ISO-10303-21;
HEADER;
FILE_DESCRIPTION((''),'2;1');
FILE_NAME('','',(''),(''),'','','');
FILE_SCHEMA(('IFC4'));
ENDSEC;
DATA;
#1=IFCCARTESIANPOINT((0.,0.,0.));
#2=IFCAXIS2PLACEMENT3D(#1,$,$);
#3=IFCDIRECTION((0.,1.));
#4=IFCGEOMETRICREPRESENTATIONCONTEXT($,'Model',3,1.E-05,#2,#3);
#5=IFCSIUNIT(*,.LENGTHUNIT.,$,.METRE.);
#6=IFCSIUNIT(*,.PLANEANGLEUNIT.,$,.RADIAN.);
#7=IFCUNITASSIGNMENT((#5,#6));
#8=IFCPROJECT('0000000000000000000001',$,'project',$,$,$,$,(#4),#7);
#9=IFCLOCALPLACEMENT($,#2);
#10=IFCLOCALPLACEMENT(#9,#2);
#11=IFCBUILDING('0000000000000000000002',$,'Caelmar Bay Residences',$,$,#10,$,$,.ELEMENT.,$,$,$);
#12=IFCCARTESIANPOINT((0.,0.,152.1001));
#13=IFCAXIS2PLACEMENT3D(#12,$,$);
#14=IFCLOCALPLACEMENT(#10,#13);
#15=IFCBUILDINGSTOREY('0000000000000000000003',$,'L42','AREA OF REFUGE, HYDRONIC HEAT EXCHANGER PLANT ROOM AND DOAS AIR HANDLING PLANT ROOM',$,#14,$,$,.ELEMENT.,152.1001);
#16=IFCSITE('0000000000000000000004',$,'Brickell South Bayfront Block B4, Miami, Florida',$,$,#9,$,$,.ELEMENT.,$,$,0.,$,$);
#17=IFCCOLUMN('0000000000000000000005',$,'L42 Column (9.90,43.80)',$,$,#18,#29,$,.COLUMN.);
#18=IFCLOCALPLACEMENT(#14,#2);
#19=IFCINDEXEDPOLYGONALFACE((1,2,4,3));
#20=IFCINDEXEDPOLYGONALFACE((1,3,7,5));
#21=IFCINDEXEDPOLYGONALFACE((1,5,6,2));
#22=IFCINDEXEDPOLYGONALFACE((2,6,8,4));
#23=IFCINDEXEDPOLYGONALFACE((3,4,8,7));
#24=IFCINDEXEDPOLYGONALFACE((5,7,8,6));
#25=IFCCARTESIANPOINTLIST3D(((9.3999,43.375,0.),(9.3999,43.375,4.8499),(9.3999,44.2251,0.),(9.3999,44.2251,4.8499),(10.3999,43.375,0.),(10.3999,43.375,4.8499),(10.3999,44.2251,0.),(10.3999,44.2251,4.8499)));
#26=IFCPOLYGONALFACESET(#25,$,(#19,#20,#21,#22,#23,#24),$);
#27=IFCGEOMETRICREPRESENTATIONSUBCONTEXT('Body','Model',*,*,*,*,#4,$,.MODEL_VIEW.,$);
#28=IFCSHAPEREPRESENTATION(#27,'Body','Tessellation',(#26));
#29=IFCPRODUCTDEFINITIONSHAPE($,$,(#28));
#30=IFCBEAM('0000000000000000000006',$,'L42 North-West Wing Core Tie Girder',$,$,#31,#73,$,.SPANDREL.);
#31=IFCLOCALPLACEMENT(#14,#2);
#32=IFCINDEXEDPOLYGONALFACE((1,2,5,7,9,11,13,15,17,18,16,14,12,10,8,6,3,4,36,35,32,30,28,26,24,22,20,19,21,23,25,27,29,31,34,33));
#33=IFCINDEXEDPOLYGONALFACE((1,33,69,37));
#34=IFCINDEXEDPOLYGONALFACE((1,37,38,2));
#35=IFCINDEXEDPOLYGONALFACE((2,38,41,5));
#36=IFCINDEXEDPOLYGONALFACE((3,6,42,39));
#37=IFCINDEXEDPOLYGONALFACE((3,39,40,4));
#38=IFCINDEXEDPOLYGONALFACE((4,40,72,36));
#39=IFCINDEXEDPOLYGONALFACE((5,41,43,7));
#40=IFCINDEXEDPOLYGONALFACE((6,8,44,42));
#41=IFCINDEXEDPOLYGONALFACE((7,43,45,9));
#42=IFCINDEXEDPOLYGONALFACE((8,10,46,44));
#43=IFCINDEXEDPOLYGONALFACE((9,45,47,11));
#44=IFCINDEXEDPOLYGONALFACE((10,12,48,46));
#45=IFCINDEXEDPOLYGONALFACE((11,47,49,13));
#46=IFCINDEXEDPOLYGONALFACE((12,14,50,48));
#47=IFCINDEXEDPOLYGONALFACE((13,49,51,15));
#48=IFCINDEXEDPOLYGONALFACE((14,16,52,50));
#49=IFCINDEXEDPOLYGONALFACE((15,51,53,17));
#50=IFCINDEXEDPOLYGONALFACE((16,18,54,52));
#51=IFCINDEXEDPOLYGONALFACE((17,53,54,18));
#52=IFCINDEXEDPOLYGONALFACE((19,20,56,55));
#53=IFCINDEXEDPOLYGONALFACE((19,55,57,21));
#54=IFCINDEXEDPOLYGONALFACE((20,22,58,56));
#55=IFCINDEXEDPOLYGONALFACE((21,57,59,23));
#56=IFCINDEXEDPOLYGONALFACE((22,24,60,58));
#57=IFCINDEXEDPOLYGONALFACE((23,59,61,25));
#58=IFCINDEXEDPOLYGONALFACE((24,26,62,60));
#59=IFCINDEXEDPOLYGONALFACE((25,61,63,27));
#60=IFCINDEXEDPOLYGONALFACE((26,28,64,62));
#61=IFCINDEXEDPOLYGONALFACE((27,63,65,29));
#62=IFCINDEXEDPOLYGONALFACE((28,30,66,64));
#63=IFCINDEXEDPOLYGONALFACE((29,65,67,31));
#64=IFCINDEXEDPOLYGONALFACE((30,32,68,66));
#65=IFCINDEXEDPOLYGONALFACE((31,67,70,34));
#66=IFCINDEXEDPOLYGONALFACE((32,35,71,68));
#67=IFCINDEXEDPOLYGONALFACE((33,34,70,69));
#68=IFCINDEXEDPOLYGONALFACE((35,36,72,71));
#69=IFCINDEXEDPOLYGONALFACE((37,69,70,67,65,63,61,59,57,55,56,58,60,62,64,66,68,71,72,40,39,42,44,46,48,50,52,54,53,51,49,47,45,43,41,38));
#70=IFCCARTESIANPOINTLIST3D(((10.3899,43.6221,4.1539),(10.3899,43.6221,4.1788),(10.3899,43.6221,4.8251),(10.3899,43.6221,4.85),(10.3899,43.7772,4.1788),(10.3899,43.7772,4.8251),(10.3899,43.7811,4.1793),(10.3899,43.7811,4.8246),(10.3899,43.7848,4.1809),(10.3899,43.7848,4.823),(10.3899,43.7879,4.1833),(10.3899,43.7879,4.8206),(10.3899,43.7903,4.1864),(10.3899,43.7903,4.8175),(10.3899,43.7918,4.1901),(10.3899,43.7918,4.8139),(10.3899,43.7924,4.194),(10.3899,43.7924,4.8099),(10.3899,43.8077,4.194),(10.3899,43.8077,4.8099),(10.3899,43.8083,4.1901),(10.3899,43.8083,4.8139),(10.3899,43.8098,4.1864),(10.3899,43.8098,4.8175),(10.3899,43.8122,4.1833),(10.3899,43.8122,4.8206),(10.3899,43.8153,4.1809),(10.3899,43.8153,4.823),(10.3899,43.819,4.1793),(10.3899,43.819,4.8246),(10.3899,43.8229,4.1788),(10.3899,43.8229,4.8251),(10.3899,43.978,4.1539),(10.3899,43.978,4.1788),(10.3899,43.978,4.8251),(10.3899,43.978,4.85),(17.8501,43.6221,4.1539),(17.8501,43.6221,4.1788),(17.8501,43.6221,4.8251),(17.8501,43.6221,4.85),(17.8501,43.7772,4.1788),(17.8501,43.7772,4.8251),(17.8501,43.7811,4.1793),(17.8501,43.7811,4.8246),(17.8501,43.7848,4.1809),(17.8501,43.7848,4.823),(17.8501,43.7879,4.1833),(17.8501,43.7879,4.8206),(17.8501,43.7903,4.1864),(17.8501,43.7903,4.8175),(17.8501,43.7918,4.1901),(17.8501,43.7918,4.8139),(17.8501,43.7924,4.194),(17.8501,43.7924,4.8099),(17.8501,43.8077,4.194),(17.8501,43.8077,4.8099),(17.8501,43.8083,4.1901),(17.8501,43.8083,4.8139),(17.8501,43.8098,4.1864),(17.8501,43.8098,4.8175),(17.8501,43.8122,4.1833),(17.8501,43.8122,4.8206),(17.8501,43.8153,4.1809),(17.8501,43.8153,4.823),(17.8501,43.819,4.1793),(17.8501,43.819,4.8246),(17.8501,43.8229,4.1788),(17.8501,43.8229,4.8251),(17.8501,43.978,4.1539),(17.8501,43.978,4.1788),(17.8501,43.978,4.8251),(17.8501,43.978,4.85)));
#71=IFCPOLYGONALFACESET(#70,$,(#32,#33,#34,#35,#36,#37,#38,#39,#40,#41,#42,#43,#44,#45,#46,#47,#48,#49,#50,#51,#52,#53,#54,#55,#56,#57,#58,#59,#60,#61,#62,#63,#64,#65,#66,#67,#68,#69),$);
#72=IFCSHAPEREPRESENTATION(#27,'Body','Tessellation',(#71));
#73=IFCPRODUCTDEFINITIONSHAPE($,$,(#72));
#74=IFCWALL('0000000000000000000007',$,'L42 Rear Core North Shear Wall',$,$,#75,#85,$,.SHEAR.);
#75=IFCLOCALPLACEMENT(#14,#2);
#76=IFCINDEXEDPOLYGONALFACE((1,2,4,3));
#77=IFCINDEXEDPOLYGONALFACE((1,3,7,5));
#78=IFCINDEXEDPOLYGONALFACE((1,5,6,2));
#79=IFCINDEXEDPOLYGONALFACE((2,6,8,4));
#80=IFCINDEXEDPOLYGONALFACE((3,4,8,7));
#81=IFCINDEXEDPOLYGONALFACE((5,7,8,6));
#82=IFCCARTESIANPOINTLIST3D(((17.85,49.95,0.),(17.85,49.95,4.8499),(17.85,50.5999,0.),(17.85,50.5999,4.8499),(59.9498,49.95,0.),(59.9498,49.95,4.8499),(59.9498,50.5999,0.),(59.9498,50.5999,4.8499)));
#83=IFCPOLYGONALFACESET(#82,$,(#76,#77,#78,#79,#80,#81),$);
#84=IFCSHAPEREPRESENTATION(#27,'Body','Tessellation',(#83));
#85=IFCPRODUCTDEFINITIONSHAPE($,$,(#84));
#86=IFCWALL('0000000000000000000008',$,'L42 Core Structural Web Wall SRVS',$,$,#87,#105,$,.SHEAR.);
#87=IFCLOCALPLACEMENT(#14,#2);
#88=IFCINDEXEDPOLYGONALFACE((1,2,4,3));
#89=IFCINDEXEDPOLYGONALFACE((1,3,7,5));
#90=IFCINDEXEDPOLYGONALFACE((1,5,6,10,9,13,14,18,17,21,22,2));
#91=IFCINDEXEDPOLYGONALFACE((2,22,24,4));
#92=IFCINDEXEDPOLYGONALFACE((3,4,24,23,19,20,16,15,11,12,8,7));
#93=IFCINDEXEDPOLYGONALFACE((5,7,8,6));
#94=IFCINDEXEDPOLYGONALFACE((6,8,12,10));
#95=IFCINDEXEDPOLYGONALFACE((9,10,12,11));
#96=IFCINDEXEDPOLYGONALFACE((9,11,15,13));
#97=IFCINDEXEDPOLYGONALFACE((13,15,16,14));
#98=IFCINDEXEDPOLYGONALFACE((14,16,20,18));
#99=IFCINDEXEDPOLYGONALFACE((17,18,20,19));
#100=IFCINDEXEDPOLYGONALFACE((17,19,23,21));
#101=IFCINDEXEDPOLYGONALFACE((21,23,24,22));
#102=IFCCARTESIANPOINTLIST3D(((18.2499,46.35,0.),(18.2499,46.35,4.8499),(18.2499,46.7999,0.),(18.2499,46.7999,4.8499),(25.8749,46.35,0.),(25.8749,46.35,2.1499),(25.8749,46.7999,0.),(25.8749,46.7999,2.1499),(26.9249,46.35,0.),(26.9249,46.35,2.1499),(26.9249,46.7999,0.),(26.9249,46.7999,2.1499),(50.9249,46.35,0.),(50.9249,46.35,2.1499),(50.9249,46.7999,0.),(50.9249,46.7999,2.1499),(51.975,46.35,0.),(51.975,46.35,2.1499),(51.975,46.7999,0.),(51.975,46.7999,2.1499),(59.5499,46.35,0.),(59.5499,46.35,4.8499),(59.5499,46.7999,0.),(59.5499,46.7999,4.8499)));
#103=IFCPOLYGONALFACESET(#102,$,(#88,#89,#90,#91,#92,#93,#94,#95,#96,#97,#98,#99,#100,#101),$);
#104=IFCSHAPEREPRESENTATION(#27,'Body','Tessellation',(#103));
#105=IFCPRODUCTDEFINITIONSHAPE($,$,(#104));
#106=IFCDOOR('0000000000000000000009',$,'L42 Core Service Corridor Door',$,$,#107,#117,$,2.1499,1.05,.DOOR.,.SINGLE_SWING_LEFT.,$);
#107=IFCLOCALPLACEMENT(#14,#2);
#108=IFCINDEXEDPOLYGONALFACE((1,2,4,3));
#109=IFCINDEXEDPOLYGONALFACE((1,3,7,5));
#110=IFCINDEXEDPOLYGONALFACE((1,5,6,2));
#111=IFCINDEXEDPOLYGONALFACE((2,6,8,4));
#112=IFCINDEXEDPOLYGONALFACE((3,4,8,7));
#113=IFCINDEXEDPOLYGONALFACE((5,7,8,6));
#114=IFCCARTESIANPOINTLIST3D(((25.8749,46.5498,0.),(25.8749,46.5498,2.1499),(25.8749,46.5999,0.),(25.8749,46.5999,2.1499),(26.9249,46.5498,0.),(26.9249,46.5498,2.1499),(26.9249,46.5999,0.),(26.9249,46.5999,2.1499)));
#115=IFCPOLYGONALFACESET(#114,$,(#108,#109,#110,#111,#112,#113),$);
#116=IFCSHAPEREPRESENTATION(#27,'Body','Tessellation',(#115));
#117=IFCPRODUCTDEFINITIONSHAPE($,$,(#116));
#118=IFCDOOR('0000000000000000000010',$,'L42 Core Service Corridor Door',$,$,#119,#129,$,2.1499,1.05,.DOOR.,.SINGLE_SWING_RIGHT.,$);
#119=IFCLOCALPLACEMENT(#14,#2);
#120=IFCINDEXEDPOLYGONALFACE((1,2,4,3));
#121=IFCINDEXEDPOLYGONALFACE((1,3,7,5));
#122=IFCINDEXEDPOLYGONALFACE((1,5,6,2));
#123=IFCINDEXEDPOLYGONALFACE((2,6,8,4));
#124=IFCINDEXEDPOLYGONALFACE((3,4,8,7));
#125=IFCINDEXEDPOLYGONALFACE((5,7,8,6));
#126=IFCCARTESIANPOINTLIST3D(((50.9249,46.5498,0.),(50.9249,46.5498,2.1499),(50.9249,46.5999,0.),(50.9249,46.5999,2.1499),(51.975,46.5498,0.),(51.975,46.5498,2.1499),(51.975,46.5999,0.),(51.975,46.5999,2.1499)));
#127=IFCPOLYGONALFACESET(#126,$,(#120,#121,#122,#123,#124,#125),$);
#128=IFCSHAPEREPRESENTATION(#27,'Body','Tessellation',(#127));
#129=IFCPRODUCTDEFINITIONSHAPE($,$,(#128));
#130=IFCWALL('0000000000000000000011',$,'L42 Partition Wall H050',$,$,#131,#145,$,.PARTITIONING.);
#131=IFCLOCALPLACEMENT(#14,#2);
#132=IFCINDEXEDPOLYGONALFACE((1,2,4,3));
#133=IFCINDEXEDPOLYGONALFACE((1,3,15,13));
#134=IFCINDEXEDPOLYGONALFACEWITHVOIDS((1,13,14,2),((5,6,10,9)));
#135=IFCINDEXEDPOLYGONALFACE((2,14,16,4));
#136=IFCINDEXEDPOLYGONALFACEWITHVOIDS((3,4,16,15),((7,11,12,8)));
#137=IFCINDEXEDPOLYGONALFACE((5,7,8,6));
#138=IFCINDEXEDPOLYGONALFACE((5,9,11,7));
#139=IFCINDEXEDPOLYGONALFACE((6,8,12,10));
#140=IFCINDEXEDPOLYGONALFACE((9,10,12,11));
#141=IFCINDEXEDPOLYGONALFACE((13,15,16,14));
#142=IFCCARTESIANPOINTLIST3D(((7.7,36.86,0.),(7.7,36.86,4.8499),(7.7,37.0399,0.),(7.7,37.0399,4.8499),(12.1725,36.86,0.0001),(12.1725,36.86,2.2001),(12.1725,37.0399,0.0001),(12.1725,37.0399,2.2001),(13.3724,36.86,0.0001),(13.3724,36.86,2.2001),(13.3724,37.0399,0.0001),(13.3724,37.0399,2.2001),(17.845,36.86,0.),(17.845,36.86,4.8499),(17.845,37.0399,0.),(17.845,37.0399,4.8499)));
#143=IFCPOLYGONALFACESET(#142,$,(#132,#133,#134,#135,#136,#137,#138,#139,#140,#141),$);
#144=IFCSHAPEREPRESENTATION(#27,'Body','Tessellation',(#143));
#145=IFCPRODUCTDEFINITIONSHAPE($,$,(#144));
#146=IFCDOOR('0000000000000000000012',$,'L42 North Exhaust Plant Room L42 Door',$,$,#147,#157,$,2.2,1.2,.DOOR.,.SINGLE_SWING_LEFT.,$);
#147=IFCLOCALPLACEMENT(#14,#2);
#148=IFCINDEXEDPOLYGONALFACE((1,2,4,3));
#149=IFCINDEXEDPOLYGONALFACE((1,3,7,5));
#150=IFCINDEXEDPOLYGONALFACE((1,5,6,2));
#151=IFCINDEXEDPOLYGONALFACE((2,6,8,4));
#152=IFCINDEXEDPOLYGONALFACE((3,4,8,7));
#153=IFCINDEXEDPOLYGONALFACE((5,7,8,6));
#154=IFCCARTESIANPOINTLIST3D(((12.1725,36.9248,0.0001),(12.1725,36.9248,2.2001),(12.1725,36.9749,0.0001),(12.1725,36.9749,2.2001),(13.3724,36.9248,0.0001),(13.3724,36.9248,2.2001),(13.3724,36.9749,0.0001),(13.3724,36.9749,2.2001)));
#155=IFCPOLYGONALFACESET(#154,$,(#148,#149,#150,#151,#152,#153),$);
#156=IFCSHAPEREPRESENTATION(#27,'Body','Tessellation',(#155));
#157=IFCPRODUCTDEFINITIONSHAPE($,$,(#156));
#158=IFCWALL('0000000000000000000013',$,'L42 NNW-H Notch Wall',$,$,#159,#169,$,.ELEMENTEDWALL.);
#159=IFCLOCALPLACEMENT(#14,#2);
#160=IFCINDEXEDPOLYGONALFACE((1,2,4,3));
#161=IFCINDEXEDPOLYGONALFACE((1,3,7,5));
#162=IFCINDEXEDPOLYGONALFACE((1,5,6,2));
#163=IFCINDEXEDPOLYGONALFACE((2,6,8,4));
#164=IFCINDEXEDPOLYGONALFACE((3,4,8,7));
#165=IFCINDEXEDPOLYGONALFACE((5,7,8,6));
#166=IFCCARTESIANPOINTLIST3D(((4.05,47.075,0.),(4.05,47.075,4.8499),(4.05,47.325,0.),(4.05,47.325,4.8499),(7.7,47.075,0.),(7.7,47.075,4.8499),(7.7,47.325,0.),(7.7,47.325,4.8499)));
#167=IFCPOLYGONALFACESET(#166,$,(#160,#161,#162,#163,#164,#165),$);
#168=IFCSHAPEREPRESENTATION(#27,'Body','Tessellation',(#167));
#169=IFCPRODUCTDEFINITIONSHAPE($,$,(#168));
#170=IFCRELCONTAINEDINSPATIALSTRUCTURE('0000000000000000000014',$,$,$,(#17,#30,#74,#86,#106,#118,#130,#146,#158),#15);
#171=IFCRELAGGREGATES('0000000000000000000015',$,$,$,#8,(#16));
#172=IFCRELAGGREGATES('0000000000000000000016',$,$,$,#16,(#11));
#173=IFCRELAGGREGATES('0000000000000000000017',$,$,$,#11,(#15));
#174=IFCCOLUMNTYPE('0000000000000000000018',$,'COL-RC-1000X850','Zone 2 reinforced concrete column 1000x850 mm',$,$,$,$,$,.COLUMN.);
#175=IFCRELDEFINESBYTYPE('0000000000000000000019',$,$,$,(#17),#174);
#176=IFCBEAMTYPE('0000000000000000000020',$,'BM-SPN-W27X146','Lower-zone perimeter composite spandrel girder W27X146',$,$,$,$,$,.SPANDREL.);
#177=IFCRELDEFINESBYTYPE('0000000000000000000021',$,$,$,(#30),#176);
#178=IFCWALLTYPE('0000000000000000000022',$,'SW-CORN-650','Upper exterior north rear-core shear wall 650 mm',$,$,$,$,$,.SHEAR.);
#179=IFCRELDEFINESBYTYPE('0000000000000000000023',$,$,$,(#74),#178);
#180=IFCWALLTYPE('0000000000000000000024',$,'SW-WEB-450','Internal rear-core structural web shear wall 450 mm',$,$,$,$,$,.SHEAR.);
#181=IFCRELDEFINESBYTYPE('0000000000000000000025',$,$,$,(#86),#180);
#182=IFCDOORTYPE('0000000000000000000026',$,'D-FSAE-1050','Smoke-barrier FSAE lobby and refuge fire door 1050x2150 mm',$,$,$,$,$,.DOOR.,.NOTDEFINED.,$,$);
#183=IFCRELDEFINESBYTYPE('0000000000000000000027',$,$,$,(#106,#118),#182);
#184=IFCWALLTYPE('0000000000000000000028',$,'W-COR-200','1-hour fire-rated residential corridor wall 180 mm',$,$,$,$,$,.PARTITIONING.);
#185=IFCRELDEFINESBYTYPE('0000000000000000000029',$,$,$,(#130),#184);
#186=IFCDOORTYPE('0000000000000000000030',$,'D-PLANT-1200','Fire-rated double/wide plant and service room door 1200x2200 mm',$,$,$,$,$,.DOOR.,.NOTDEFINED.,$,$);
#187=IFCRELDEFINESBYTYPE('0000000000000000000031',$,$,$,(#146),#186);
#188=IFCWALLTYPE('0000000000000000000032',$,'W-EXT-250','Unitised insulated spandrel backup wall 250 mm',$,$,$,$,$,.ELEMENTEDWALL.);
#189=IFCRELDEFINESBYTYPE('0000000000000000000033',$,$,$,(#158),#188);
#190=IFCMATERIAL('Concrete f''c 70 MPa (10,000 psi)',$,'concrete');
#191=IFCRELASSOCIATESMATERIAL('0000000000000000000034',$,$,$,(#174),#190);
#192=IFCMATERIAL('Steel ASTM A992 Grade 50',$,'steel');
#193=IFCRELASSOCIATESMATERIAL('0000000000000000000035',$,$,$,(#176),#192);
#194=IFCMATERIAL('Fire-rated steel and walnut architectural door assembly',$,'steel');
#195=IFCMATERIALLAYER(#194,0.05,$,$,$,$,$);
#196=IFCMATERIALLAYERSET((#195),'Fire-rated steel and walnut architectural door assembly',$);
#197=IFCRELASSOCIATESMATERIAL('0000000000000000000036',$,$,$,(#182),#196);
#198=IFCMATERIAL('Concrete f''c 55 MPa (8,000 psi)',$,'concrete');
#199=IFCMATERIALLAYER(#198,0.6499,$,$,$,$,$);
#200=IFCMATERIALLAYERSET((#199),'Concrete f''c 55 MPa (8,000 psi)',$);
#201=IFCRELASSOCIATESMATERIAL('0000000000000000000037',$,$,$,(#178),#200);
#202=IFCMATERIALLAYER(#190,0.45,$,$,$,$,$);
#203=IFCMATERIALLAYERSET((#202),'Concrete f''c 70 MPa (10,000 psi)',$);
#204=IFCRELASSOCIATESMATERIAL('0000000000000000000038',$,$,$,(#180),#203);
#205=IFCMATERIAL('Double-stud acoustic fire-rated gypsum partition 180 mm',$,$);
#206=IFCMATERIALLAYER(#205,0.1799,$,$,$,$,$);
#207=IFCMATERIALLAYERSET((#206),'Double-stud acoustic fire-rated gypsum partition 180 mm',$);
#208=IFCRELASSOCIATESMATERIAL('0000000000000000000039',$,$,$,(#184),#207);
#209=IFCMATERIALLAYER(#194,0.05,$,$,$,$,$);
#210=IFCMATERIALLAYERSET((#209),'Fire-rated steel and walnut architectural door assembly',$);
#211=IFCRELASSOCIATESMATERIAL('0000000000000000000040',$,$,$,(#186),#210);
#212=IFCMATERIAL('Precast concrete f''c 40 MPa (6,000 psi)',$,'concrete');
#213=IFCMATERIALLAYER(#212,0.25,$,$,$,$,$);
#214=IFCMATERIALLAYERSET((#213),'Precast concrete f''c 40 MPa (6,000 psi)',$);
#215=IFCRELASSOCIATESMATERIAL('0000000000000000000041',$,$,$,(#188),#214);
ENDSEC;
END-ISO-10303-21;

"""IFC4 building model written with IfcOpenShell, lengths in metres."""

from ifc_helpers import new_model, si_unit, direction, frame, frame_2d, origin, origin_2d, place, context, subcontext, project, spatial, rectangle, i_section, extrude, material, layer, layer_set, material_profile, profile_set, type_object, element, fill, save


model = new_model("IFC4")

# Units and contexts
model_context = context("Model", 3, precision=1e-05, world=origin(), true_north=direction((0.0, 1.0)))
body_context = subcontext(model_context, "Body", "Model", "MODEL_VIEW")
ifc_project = project(units=[si_unit("LENGTHUNIT", "METRE"), si_unit("PLANEANGLEUNIT", "RADIAN")], contexts=[model_context])

# Site, building, storey
site_placement = place(None, origin())
site = spatial("IfcSite", under=ifc_project, at=site_placement, Name="Brickell South Bayfront Block B4, Miami, Florida", CompositionType="ELEMENT", RefElevation=0.0)
building_placement = place(site_placement, origin())
building = spatial("IfcBuilding", under=site, at=building_placement, Name="Caelmar Bay Residences", CompositionType="ELEMENT")
storey_placement = place(building_placement, frame((0.0, 0.0, 152.1001)))
storey = spatial("IfcBuildingStorey", under=building, at=storey_placement, Name="L42", Description="AREA OF REFUGE, HYDRONIC HEAT EXCHANGER PLANT ROOM AND DOAS AIR HANDLING PLANT ROOM", CompositionType="ELEMENT", Elevation=152.1001)

# Column
ifc_material_1 = material(Name="Concrete f'c 70 MPa (10,000 psi)", Category="concrete")
ifc_material_profile_1 = material_profile(ifc_material_1, rectangle(XDim=1.0, YDim=0.8501, at=origin_2d()), Name="RC-COL-1000X850")
ifc_profile_set_1 = profile_set([ifc_material_profile_1], Name="Concrete f'c 70 MPa (10,000 psi)")
column_type = type_object("IfcColumnType", Name="COL-RC-1000X850", Description="Zone 2 reinforced concrete column 1000x850 mm", PredefinedType="COLUMN", material=ifc_profile_set_1)
column_placement = place(storey_placement, frame((9.8999, 43.8, 0.0), z_axis=(0.0, 0.0, 1.0), x_axis=(1.0, 0.0, 0.0)))
element("IfcColumn", 1, at=column_placement, inside=storey, type_object=column_type, Name="L42 Column (9.90,43.80)", PredefinedType="COLUMN", context=body_context, shape_type="SweptSolid", body=[
    extrude(rectangle(XDim=1.0, YDim=0.8501, at=origin_2d()), origin(), (0.0, 0.0, 1.0), 4.8499),
])

# Beam
ifc_material_2 = material(Name="Steel ASTM A992 Grade 50", Category="steel")
ifc_material_profile_2 = material_profile(ifc_material_2, i_section(OverallWidth=0.356, OverallDepth=0.696, WebThickness=0.0154, FlangeThickness=0.0249, FilletRadius=0.0151, at=origin_2d()), Name="W27X146")
ifc_profile_set_2 = profile_set([ifc_material_profile_2], Name="Steel ASTM A992 Grade 50")
beam_type = type_object("IfcBeamType", Name="BM-SPN-W27X146", Description="Lower-zone perimeter composite spandrel girder W27X146", PredefinedType="SPANDREL", material=ifc_profile_set_2)
beam_placement = place(storey_placement, frame((10.3899, 43.8, 4.502), z_axis=(1.0, 0.0, 0.0), x_axis=(0.0, 1.0, 0.0)))
element("IfcBeam", 2, at=beam_placement, inside=storey, type_object=beam_type, Name="L42 North-West Wing Core Tie Girder", PredefinedType="SPANDREL", context=body_context, shape_type="SweptSolid", body=[
    extrude(i_section(OverallWidth=0.356, OverallDepth=0.696, WebThickness=0.0154, FlangeThickness=0.0249, FilletRadius=0.0151, at=origin_2d()), origin(), (0.0, 0.0, 1.0), 7.4602),
])

# Shared definitions
ifc_material_3 = material(Name="Fire-rated steel and walnut architectural door assembly", Category="steel")
ifc_layer_1 = layer(ifc_material_3, 0.05)
ifc_layer_set_1 = layer_set([ifc_layer_1], Name="Fire-rated steel and walnut architectural door assembly")
door_type_1 = type_object("IfcDoorType", Name="D-FSAE-1050", Description="Smoke-barrier FSAE lobby and refuge fire door 1050x2150 mm", OperationType="NOTDEFINED", PredefinedType="DOOR", material=ifc_layer_set_1)

# Wall
ifc_material_4 = material(Name="Concrete f'c 55 MPa (8,000 psi)", Category="concrete")
ifc_layer_2 = layer(ifc_material_4, 0.6499)
ifc_layer_set_2 = layer_set([ifc_layer_2], Name="Concrete f'c 55 MPa (8,000 psi)")
wall_type_1 = type_object("IfcWallType", Name="SW-CORN-650", Description="Upper exterior north rear-core shear wall 650 mm", PredefinedType="SHEAR", material=ifc_layer_set_2)
wall_1_placement = place(storey_placement, frame((17.8501, 50.2749, 0.0), z_axis=(0.0, 0.0, 1.0), x_axis=(1.0, 0.0, 0.0)))
element("IfcWall", 3, at=wall_1_placement, inside=storey, type_object=wall_type_1, Name="L42 Rear Core North Shear Wall", PredefinedType="SHEAR", context=body_context, shape_type="SweptSolid", body=[
    extrude(rectangle(XDim=42.0999, YDim=0.6499, at=frame_2d((21.0498, 0.0))), origin(), (0.0, 0.0, 1.0), 4.8499),
])

# Wall, openings, doors
ifc_layer_3 = layer(ifc_material_1, 0.45)
ifc_layer_set_3 = layer_set([ifc_layer_3], Name="Concrete f'c 70 MPa (10,000 psi)")
wall_type_2 = type_object("IfcWallType", Name="SW-WEB-450", Description="Internal rear-core structural web shear wall 450 mm", PredefinedType="SHEAR", material=ifc_layer_set_3)
wall_2_placement = place(storey_placement, frame((18.25, 46.575, 0.0), z_axis=(0.0, 0.0, 1.0), x_axis=(1.0, 0.0, 0.0)))
wall_2 = element("IfcWall", 4, at=wall_2_placement, inside=storey, type_object=wall_type_2, Name="L42 Core Structural Web Wall SRVS", PredefinedType="SHEAR", context=body_context, shape_type="SweptSolid", body=[
    extrude(rectangle(XDim=41.3, YDim=0.45, at=frame_2d((20.6499, 0.0))), origin(), (0.0, 0.0, 1.0), 4.8499),
])
opening_1_placement = place(wall_2_placement, frame((7.625, 0.0, 0.0)))
opening_1 = element("IfcOpeningElement", 5, at=opening_1_placement, cuts=wall_2, PredefinedType="OPENING", context=body_context, shape_type="SweptSolid", body=[
    extrude(rectangle(XDim=1.05, YDim=2.1499, at=frame_2d((0.5249, 1.075))), frame((0.0, 0.2349, 0.0), z_axis=(0.0, -1.0, 0.0), x_axis=(1.0, 0.0, 0.0)), (0.0, 0.0, 1.0), 0.47),
])
opening_2_placement = place(wall_2_placement, frame((32.675, 0.0, 0.0)))
opening_2 = element("IfcOpeningElement", 6, at=opening_2_placement, cuts=wall_2, PredefinedType="OPENING", context=body_context, shape_type="SweptSolid", body=[
    extrude(rectangle(XDim=1.05, YDim=2.1499, at=frame_2d((0.5249, 1.075))), frame((0.0, 0.2349, 0.0), z_axis=(0.0, -1.0, 0.0), x_axis=(1.0, 0.0, 0.0)), (0.0, 0.0, 1.0), 0.47),
])
door_1_placement = place(opening_1_placement, origin())
door_1 = element("IfcDoor", 7, at=door_1_placement, inside=storey, type_object=door_type_1, Name="L42 Core Service Corridor Door", OperationType="SINGLE_SWING_LEFT", OverallHeight=2.1499, OverallWidth=1.05, PredefinedType="DOOR", context=body_context, shape_type="SweptSolid", body=[
    extrude(rectangle(XDim=1.05, YDim=2.1499, at=frame_2d((0.5249, 1.075))), frame((0.0, 0.0249, 0.0), z_axis=(0.0, -1.0, 0.0), x_axis=(1.0, 0.0, 0.0)), (0.0, 0.0, 1.0), 0.05),
])
fill(opening_1, door_1)
door_2_placement = place(opening_2_placement, origin())
door_2 = element("IfcDoor", 8, at=door_2_placement, inside=storey, type_object=door_type_1, Name="L42 Core Service Corridor Door", OperationType="SINGLE_SWING_RIGHT", OverallHeight=2.1499, OverallWidth=1.05, PredefinedType="DOOR", context=body_context, shape_type="SweptSolid", body=[
    extrude(rectangle(XDim=1.05, YDim=2.1499, at=frame_2d((0.5249, 1.075))), frame((0.0, 0.0249, 0.0), z_axis=(0.0, -1.0, 0.0), x_axis=(1.0, 0.0, 0.0)), (0.0, 0.0, 1.0), 0.05),
])
fill(opening_2, door_2)

# Wall, opening, door
ifc_material_5 = material(Name="Double-stud acoustic fire-rated gypsum partition 180 mm")
ifc_layer_4 = layer(ifc_material_5, 0.1799)
ifc_layer_set_4 = layer_set([ifc_layer_4], Name="Double-stud acoustic fire-rated gypsum partition 180 mm")
wall_type_3 = type_object("IfcWallType", Name="W-COR-200", Description="1-hour fire-rated residential corridor wall 180 mm", PredefinedType="PARTITIONING", material=ifc_layer_set_4)
wall_3_placement = place(storey_placement, frame((7.7, 36.95, 0.0), z_axis=(0.0, 0.0, 1.0), x_axis=(1.0, 0.0, 0.0)))
wall_3 = element("IfcWall", 9, at=wall_3_placement, inside=storey, type_object=wall_type_3, Name="L42 Partition Wall H050", PredefinedType="PARTITIONING", context=body_context, shape_type="SweptSolid", body=[
    extrude(rectangle(XDim=10.145, YDim=0.1799, at=frame_2d((5.0725, 0.0))), origin(), (0.0, 0.0, 1.0), 4.8499),
])
opening_3_placement = place(wall_3_placement, frame((4.4724, 0.0, 0.0)))
opening_3 = element("IfcOpeningElement", 10, at=opening_3_placement, cuts=wall_3, PredefinedType="OPENING", context=body_context, shape_type="SweptSolid", body=[
    extrude(rectangle(XDim=1.2, YDim=2.2, at=frame_2d((0.6001, 1.1001))), frame((0.0, 0.0999, 0.0), z_axis=(0.0, -1.0, 0.0), x_axis=(1.0, 0.0, 0.0)), (0.0, 0.0, 1.0), 0.2),
])
ifc_layer_5 = layer(ifc_material_3, 0.05)
ifc_layer_set_5 = layer_set([ifc_layer_5], Name="Fire-rated steel and walnut architectural door assembly")
door_type_2 = type_object("IfcDoorType", Name="D-PLANT-1200", Description="Fire-rated double/wide plant and service room door 1200x2200 mm", OperationType="NOTDEFINED", PredefinedType="DOOR", material=ifc_layer_set_5)
door_3_placement = place(opening_3_placement, origin())
door_3 = element("IfcDoor", 11, at=door_3_placement, inside=storey, type_object=door_type_2, Name="L42 North Exhaust Plant Room L42 Door", OperationType="SINGLE_SWING_LEFT", OverallHeight=2.2, OverallWidth=1.2, PredefinedType="DOOR", context=body_context, shape_type="SweptSolid", body=[
    extrude(rectangle(XDim=1.2, YDim=2.2, at=frame_2d((0.6001, 1.1001))), frame((0.0, 0.0249, 0.0), z_axis=(0.0, -1.0, 0.0), x_axis=(1.0, 0.0, 0.0)), (0.0, 0.0, 1.0), 0.05),
])
fill(opening_3, door_3)

# Wall
ifc_material_6 = material(Name="Precast concrete f'c 40 MPa (6,000 psi)", Category="concrete")
ifc_layer_6 = layer(ifc_material_6, 0.25)
ifc_layer_set_6 = layer_set([ifc_layer_6], Name="Precast concrete f'c 40 MPa (6,000 psi)")
wall_type_4 = type_object("IfcWallType", Name="W-EXT-250", Description="Unitised insulated spandrel backup wall 250 mm", PredefinedType="ELEMENTEDWALL", material=ifc_layer_set_6)
wall_4_placement = place(storey_placement, frame((4.05, 47.2, 0.0), z_axis=(0.0, 0.0, 1.0), x_axis=(1.0, 0.0, 0.0)))
element("IfcWall", 12, at=wall_4_placement, inside=storey, type_object=wall_type_4, Name="L42 NNW-H Notch Wall", PredefinedType="ELEMENTEDWALL", context=body_context, shape_type="SweptSolid", body=[
    extrude(rectangle(XDim=3.6499, YDim=0.25, at=frame_2d((1.825, 0.0))), origin(), (0.0, 0.0, 1.0), 4.8499),
])

save(model, "model.ifc")
